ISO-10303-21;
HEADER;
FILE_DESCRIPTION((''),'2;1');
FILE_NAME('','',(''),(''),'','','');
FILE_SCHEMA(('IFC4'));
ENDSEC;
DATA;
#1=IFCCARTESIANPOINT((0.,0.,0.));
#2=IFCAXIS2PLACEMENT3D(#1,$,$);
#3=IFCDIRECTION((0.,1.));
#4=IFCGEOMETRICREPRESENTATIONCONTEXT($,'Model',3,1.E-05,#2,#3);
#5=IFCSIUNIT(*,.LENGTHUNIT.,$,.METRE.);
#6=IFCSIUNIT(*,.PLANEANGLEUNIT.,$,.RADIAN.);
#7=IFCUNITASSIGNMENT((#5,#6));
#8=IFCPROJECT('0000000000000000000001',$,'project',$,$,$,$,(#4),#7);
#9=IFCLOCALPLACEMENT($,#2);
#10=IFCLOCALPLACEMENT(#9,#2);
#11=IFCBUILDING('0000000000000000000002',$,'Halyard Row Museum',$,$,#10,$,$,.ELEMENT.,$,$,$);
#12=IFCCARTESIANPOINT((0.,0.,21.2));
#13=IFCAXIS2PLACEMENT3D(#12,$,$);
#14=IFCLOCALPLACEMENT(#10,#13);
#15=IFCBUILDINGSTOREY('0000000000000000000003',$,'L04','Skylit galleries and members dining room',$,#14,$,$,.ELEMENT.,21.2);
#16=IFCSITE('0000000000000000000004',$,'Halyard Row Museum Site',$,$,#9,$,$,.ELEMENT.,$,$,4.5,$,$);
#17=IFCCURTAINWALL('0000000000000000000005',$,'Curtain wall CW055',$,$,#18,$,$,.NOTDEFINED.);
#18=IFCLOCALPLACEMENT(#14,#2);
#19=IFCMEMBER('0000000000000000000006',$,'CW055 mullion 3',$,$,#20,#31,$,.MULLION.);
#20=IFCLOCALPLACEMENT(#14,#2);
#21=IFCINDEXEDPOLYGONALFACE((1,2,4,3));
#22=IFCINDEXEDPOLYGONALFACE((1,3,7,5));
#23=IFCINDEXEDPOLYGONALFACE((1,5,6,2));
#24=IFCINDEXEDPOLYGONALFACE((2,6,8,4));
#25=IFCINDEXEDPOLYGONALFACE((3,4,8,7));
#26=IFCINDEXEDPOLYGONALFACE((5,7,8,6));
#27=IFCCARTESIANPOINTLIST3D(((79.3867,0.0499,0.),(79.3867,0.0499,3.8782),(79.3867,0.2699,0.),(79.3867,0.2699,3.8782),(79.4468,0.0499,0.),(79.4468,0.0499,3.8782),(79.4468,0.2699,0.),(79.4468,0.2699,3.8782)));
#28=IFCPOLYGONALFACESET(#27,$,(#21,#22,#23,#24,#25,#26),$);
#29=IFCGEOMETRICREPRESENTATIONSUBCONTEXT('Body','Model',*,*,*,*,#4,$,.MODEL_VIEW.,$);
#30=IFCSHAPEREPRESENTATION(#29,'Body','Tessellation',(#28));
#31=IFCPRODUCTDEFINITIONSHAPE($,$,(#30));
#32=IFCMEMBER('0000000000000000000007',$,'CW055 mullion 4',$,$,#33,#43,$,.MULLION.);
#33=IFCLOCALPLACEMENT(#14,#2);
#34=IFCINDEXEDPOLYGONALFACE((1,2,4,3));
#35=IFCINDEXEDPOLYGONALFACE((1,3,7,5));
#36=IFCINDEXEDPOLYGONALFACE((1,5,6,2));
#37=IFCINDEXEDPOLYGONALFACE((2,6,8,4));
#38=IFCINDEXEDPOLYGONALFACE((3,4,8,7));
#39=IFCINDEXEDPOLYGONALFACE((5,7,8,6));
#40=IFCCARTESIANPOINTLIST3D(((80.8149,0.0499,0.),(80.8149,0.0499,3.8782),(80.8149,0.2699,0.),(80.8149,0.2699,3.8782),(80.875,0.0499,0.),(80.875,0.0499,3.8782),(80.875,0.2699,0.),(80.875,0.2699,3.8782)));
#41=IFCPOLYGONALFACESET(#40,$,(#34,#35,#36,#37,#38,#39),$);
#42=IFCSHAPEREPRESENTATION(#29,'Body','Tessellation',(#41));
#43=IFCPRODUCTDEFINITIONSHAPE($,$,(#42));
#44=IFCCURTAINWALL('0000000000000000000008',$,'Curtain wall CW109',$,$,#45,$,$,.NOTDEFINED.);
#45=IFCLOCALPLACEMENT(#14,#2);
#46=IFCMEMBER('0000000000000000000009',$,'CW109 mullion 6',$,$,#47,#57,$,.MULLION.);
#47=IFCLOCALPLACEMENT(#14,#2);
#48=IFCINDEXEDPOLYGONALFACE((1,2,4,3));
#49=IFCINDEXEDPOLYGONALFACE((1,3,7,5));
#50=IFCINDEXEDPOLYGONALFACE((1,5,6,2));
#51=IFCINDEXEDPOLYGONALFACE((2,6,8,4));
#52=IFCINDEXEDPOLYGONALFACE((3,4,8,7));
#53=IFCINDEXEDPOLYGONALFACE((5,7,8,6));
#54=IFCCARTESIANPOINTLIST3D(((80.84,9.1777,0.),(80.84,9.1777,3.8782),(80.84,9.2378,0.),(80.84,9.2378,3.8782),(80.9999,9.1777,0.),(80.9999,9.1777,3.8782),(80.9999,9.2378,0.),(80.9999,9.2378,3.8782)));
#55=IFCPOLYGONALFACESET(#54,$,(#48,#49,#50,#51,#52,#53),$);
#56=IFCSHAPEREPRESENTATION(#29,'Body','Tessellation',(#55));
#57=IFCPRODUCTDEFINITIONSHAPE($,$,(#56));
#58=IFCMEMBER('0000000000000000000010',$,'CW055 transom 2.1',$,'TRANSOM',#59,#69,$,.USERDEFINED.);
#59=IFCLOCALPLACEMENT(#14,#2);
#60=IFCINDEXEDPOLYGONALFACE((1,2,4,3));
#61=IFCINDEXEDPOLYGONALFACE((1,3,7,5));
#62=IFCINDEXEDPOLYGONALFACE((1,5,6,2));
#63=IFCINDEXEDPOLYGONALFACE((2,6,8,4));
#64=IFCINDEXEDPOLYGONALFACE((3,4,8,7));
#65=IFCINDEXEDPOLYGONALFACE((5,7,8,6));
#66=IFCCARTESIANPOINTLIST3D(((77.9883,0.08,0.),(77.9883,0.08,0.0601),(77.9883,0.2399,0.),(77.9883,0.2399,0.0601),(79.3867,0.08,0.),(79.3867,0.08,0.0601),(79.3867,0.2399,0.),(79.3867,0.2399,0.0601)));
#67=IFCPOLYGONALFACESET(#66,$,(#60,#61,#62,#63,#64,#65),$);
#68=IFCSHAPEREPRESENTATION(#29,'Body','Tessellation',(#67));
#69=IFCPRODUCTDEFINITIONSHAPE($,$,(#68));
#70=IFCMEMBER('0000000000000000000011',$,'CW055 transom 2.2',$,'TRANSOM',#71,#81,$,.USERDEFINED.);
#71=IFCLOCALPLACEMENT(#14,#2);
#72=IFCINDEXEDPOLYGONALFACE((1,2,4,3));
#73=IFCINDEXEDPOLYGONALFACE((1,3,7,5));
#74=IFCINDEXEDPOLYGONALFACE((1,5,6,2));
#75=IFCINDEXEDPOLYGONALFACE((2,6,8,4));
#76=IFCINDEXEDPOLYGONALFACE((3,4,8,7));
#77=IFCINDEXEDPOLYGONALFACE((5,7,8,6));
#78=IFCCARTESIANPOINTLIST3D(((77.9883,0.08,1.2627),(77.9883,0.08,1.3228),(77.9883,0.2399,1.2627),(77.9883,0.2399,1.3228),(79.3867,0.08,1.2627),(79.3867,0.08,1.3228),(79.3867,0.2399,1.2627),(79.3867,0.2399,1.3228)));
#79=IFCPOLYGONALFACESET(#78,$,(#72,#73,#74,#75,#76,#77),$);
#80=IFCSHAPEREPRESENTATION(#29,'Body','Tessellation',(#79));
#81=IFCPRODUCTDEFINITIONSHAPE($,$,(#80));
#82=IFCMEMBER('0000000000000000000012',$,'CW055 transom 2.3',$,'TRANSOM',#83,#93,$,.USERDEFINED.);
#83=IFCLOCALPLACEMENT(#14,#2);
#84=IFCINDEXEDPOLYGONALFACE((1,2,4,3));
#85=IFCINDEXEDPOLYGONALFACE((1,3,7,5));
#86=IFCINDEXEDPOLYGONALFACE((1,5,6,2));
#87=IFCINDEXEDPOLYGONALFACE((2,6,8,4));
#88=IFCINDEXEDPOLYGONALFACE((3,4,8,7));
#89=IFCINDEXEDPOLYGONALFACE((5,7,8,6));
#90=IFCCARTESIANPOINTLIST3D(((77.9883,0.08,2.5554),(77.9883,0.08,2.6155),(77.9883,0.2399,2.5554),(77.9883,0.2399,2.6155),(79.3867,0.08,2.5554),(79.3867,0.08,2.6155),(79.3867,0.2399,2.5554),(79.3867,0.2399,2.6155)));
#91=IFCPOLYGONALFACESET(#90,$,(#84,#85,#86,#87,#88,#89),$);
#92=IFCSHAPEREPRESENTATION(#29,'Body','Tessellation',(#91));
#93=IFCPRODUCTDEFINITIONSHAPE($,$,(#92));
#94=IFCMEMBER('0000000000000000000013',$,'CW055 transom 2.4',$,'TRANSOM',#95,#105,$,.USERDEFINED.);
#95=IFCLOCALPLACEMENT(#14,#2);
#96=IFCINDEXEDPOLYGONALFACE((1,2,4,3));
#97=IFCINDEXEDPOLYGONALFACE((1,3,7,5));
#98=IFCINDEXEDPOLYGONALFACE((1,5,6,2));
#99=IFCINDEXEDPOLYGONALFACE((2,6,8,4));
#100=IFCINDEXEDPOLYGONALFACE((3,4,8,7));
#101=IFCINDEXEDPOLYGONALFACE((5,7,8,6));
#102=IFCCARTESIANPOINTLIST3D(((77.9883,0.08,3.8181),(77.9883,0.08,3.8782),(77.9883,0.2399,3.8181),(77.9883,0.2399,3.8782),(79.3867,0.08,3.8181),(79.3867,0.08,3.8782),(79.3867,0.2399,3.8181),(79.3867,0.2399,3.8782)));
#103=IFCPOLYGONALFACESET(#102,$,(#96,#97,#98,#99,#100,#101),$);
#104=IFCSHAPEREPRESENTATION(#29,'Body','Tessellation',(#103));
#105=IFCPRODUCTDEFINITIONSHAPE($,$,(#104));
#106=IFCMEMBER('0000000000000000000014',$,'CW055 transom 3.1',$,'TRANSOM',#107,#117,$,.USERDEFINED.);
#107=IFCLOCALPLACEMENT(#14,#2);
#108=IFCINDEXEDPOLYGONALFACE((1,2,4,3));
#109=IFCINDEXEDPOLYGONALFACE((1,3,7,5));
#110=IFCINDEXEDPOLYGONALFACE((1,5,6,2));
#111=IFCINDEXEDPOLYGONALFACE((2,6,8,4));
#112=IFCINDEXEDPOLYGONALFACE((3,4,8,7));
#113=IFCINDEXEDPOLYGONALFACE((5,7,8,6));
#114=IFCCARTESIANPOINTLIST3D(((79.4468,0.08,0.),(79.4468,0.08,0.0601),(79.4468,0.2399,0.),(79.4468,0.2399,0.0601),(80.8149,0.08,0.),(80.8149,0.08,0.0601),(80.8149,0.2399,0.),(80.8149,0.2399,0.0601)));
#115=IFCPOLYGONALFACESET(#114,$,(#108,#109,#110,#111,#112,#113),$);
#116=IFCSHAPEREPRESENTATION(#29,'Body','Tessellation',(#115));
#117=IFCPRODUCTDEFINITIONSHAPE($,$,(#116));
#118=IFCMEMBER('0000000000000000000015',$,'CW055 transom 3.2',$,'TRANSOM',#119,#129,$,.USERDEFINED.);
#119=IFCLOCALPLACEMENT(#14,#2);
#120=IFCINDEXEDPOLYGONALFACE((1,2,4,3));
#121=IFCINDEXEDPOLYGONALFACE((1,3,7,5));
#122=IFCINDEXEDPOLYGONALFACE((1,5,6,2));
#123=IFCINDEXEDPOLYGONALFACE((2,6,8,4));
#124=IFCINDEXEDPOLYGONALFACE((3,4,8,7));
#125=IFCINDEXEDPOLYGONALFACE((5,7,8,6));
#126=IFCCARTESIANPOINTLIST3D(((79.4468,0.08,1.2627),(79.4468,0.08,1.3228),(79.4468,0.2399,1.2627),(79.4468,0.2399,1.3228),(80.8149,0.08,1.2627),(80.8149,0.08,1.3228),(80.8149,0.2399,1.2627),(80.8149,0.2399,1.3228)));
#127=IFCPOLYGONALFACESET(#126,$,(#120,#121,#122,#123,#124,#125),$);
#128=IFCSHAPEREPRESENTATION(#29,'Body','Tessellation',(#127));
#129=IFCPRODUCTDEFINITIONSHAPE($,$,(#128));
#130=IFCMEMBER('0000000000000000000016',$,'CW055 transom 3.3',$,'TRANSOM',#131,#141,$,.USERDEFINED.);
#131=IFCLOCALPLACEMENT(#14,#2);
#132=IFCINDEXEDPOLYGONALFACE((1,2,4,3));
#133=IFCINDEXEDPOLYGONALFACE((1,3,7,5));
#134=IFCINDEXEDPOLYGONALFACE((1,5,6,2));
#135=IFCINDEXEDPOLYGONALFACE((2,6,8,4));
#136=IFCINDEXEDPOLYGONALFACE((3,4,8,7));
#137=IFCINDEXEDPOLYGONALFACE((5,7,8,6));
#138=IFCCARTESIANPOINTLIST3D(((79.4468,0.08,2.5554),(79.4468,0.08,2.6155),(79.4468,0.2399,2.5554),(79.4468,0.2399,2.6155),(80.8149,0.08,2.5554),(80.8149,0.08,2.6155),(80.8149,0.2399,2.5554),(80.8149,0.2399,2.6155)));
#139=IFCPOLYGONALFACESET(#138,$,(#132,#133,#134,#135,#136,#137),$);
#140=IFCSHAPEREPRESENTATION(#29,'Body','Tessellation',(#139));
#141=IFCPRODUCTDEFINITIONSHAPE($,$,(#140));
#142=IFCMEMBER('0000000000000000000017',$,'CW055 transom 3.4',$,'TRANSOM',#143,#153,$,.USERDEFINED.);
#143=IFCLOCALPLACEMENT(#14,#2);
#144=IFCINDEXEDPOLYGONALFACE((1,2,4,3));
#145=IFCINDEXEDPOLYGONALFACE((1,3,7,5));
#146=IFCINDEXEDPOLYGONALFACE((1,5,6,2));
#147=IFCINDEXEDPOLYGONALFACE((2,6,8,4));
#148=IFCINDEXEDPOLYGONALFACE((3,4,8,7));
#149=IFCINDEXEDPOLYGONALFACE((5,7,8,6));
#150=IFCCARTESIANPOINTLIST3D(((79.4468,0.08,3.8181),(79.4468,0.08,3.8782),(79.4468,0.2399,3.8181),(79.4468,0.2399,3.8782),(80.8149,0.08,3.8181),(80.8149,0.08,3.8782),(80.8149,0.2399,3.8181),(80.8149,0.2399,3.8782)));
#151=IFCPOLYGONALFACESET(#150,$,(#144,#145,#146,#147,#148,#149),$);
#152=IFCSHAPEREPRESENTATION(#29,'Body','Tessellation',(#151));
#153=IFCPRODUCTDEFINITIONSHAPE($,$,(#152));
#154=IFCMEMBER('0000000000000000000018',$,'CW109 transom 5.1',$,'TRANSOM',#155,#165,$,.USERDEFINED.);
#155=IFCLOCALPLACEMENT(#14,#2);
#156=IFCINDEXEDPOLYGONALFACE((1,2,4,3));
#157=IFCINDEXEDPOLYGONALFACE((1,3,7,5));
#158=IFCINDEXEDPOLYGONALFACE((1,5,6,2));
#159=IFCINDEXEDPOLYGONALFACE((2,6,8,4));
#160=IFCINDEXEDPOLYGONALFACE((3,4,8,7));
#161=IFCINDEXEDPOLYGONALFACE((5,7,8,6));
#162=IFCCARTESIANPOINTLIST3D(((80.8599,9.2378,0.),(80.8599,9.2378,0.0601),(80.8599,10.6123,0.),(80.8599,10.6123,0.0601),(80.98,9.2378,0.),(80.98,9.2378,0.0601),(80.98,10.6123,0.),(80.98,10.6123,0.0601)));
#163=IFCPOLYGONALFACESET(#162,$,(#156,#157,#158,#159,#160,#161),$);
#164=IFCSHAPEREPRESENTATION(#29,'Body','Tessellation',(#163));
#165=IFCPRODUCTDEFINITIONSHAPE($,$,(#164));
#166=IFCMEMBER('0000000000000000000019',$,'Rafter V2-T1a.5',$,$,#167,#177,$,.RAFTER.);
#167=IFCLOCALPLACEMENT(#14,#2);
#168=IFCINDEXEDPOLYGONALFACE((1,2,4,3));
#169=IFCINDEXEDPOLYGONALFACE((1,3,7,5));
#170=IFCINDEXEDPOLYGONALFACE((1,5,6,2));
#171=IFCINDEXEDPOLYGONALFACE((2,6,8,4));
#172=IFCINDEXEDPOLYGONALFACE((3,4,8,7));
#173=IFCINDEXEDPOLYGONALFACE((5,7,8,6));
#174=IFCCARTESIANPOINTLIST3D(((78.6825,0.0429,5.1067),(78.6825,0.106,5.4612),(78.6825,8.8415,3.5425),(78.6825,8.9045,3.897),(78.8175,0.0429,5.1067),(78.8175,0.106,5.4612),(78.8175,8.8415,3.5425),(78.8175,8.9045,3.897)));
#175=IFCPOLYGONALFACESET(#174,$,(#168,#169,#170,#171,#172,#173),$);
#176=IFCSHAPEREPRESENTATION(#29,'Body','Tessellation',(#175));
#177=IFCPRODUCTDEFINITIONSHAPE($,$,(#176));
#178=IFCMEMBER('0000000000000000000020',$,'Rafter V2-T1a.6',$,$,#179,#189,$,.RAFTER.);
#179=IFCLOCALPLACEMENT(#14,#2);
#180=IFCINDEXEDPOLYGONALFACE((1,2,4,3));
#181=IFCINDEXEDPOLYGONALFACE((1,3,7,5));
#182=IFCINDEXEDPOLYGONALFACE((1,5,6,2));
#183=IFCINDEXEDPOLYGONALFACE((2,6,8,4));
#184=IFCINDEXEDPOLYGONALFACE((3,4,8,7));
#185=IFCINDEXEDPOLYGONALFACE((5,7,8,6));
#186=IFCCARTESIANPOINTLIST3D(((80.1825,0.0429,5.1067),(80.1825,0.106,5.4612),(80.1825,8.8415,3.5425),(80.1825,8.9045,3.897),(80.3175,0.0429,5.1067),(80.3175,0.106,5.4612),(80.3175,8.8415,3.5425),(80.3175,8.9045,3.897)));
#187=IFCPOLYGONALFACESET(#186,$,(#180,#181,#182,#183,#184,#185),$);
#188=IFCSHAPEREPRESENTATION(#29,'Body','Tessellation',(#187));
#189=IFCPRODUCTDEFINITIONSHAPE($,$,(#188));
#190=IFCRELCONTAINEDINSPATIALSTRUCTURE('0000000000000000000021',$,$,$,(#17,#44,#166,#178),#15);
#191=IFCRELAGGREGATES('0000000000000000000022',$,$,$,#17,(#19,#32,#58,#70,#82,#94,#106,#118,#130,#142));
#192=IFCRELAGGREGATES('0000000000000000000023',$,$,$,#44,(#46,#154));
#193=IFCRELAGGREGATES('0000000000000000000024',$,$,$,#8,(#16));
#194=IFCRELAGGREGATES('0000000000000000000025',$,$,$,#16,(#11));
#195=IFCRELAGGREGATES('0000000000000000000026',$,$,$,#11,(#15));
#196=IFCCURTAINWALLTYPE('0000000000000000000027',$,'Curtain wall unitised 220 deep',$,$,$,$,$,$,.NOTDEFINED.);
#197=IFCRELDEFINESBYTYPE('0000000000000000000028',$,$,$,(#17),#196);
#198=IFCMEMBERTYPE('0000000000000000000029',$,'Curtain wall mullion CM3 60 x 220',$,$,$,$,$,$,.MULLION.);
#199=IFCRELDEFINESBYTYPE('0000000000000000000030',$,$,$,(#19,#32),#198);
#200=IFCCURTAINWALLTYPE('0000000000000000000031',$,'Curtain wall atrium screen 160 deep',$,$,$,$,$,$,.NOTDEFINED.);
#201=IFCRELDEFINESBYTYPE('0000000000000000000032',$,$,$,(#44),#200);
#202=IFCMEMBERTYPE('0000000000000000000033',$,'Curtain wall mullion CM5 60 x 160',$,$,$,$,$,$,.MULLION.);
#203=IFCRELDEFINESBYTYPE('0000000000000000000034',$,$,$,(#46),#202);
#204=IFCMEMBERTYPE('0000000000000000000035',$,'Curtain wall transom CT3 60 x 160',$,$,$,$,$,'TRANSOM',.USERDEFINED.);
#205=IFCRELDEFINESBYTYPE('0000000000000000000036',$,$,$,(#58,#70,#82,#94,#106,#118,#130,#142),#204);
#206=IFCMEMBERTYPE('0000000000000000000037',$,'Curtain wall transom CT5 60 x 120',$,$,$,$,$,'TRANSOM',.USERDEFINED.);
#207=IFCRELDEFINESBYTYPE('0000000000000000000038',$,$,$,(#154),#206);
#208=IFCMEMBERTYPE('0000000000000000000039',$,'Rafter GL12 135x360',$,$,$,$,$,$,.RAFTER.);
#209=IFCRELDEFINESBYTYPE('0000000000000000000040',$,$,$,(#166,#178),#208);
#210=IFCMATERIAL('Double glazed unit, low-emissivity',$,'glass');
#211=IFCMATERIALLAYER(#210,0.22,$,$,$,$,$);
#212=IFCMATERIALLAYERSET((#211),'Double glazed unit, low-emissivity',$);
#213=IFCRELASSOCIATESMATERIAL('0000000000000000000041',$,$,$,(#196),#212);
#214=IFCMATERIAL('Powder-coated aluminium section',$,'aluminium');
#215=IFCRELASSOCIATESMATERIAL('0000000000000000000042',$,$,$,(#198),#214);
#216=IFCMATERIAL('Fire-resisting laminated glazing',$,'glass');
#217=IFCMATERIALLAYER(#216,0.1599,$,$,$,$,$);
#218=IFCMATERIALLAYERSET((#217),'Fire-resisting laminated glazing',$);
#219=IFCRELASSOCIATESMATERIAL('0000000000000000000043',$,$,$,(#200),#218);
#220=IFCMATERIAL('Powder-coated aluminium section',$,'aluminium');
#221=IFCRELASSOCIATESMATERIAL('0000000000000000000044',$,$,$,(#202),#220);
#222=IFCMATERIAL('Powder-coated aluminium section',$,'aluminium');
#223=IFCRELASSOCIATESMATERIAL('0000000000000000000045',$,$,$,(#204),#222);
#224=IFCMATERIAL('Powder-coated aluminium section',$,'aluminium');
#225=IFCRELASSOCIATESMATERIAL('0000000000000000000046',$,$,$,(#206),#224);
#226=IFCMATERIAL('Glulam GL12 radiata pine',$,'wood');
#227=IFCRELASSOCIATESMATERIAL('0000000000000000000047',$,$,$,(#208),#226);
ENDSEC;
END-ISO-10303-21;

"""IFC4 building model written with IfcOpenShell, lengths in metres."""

from ifc_helpers import new_model, si_unit, direction, frame, origin, origin_2d, place, context, subcontext, project, spatial, rectangle, extrude, material, layer, layer_set, material_profile, profile_set, type_object, element, aggregate, save


model = new_model("IFC4")

# Units and contexts
model_context = context("Model", 3, precision=1e-05, world=origin(), true_north=direction((0.0, 1.0)))
body_context = subcontext(model_context, "Body", "Model", "MODEL_VIEW")
ifc_project = project(units=[si_unit("LENGTHUNIT", "METRE"), si_unit("PLANEANGLEUNIT", "RADIAN")], contexts=[model_context])

# Site, building, storey
site_placement = place(None, origin())
site = spatial("IfcSite", under=ifc_project, at=site_placement, Name="Halyard Row Museum Site", CompositionType="ELEMENT", RefElevation=4.5)
building_placement = place(site_placement, origin())
building = spatial("IfcBuilding", under=site, at=building_placement, Name="Halyard Row Museum", CompositionType="ELEMENT")
storey_placement = place(building_placement, frame((0.0, 0.0, 21.2)))
storey = spatial("IfcBuildingStorey", under=building, at=storey_placement, Name="L04", Description="Skylit galleries and members dining room", CompositionType="ELEMENT", Elevation=21.2)

# Curtain wall, members
ifc_material_1 = material(Name="Double glazed unit, low-emissivity", Category="glass")
ifc_layer_1 = layer(ifc_material_1, 0.22)
ifc_layer_set_1 = layer_set([ifc_layer_1], Name="Double glazed unit, low-emissivity")
curtain_wall_type_1 = type_object("IfcCurtainWallType", Name="Curtain wall unitised 220 deep", PredefinedType="NOTDEFINED", material=ifc_layer_set_1)
curtain_wall_1_placement = place(storey_placement, origin())
curtain_wall_1 = element("IfcCurtainWall", 1, at=curtain_wall_1_placement, inside=storey, type_object=curtain_wall_type_1, Name="Curtain wall CW055", PredefinedType="NOTDEFINED")
ifc_material_2 = material(Name="Powder-coated aluminium section", Category="aluminium")
ifc_material_profile_1 = material_profile(ifc_material_2, rectangle(XDim=0.22, YDim=0.0601, at=origin_2d()), Name="220x60 mullion")
ifc_profile_set_1 = profile_set([ifc_material_profile_1], Name="Powder-coated aluminium section")
member_type_1 = type_object("IfcMemberType", Name="Curtain wall mullion CM3 60 x 220", PredefinedType="MULLION", material=ifc_profile_set_1)
member_1_placement = place(storey_placement, frame((79.4167, 0.1599, 0.0), z_axis=(0.0, 0.0, 1.0), x_axis=(0.0, 1.0, 0.0)))
member_1 = element("IfcMember", 2, at=member_1_placement, type_object=member_type_1, Name="CW055 mullion 3", PredefinedType="MULLION", context=body_context, shape_type="SweptSolid", body=[
    extrude(rectangle(XDim=0.22, YDim=0.0601, at=origin_2d()), origin(), (0.0, 0.0, 1.0), 3.8782),
])
member_2_placement = place(storey_placement, frame((80.845, 0.1599, 0.0), z_axis=(0.0, 0.0, 1.0), x_axis=(0.0, 1.0, 0.0)))
member_2 = element("IfcMember", 3, at=member_2_placement, type_object=member_type_1, Name="CW055 mullion 4", PredefinedType="MULLION", context=body_context, shape_type="SweptSolid", body=[
    extrude(rectangle(XDim=0.22, YDim=0.0601, at=origin_2d()), origin(), (0.0, 0.0, 1.0), 3.8782),
])

# Curtain wall, member
ifc_material_3 = material(Name="Fire-resisting laminated glazing", Category="glass")
ifc_layer_2 = layer(ifc_material_3, 0.1599)
ifc_layer_set_2 = layer_set([ifc_layer_2], Name="Fire-resisting laminated glazing")
curtain_wall_type_2 = type_object("IfcCurtainWallType", Name="Curtain wall atrium screen 160 deep", PredefinedType="NOTDEFINED", material=ifc_layer_set_2)
curtain_wall_2_placement = place(storey_placement, origin())
curtain_wall_2 = element("IfcCurtainWall", 4, at=curtain_wall_2_placement, inside=storey, type_object=curtain_wall_type_2, Name="Curtain wall CW109", PredefinedType="NOTDEFINED")
ifc_material_4 = material(Name="Powder-coated aluminium section", Category="aluminium")
ifc_material_profile_2 = material_profile(ifc_material_4, rectangle(XDim=0.1599, YDim=0.0601, at=origin_2d()), Name="160x60 mullion")
ifc_profile_set_2 = profile_set([ifc_material_profile_2], Name="Powder-coated aluminium section")
member_type_2 = type_object("IfcMemberType", Name="Curtain wall mullion CM5 60 x 160", PredefinedType="MULLION", material=ifc_profile_set_2)
member_3_placement = place(storey_placement, frame((80.9199, 9.2078, 0.0), z_axis=(0.0, 0.0, 1.0), x_axis=(1.0, 0.0, 0.0)))
member_3 = element("IfcMember", 5, at=member_3_placement, type_object=member_type_2, Name="CW109 mullion 6", PredefinedType="MULLION", context=body_context, shape_type="SweptSolid", body=[
    extrude(rectangle(XDim=0.1599, YDim=0.0601, at=origin_2d()), origin(), (0.0, 0.0, 1.0), 3.8782),
])

# Members
ifc_material_5 = material(Name="Powder-coated aluminium section", Category="aluminium")
ifc_material_profile_3 = material_profile(ifc_material_5, rectangle(XDim=0.1599, YDim=0.0601, at=origin_2d()), Name="160x60 transom")
ifc_profile_set_3 = profile_set([ifc_material_profile_3], Name="Powder-coated aluminium section")
member_type_3 = type_object("IfcMemberType", Name="Curtain wall transom CT3 60 x 160", ElementType="TRANSOM", PredefinedType="USERDEFINED", material=ifc_profile_set_3)
member_4_placement = place(storey_placement, frame((77.9883, 0.1599, 0.03), z_axis=(1.0, 0.0, 0.0), x_axis=(0.0, 1.0, 0.0)))
member_4 = element("IfcMember", 6, at=member_4_placement, type_object=member_type_3, Name="CW055 transom 2.1", ObjectType="TRANSOM", PredefinedType="USERDEFINED", context=body_context, shape_type="SweptSolid", body=[
    extrude(rectangle(XDim=0.1599, YDim=0.0601, at=origin_2d()), origin(), (0.0, 0.0, 1.0), 1.3984),
])
member_5_placement = place(storey_placement, frame((77.9883, 0.1599, 1.2927), z_axis=(1.0, 0.0, 0.0), x_axis=(0.0, 1.0, 0.0)))
member_5 = element("IfcMember", 7, at=member_5_placement, type_object=member_type_3, Name="CW055 transom 2.2", ObjectType="TRANSOM", PredefinedType="USERDEFINED", context=body_context, shape_type="SweptSolid", body=[
    extrude(rectangle(XDim=0.1599, YDim=0.0601, at=origin_2d()), origin(), (0.0, 0.0, 1.0), 1.3984),
])
member_6_placement = place(storey_placement, frame((77.9883, 0.1599, 2.5854), z_axis=(1.0, 0.0, 0.0), x_axis=(0.0, 1.0, 0.0)))
member_6 = element("IfcMember", 8, at=member_6_placement, type_object=member_type_3, Name="CW055 transom 2.3", ObjectType="TRANSOM", PredefinedType="USERDEFINED", context=body_context, shape_type="SweptSolid", body=[
    extrude(rectangle(XDim=0.1599, YDim=0.0601, at=origin_2d()), origin(), (0.0, 0.0, 1.0), 1.3984),
])
member_7_placement = place(storey_placement, frame((77.9883, 0.1599, 3.8481), z_axis=(1.0, 0.0, 0.0), x_axis=(0.0, 1.0, 0.0)))
member_7 = element("IfcMember", 9, at=member_7_placement, type_object=member_type_3, Name="CW055 transom 2.4", ObjectType="TRANSOM", PredefinedType="USERDEFINED", context=body_context, shape_type="SweptSolid", body=[
    extrude(rectangle(XDim=0.1599, YDim=0.0601, at=origin_2d()), origin(), (0.0, 0.0, 1.0), 1.3984),
])
member_8_placement = place(storey_placement, frame((79.4468, 0.1599, 0.03), z_axis=(1.0, 0.0, 0.0), x_axis=(0.0, 1.0, 0.0)))
member_8 = element("IfcMember", 10, at=member_8_placement, type_object=member_type_3, Name="CW055 transom 3.1", ObjectType="TRANSOM", PredefinedType="USERDEFINED", context=body_context, shape_type="SweptSolid", body=[
    extrude(rectangle(XDim=0.1599, YDim=0.0601, at=origin_2d()), origin(), (0.0, 0.0, 1.0), 1.3682),
])
member_9_placement = place(storey_placement, frame((79.4468, 0.1599, 1.2927), z_axis=(1.0, 0.0, 0.0), x_axis=(0.0, 1.0, 0.0)))
member_9 = element("IfcMember", 11, at=member_9_placement, type_object=member_type_3, Name="CW055 transom 3.2", ObjectType="TRANSOM", PredefinedType="USERDEFINED", context=body_context, shape_type="SweptSolid", body=[
    extrude(rectangle(XDim=0.1599, YDim=0.0601, at=origin_2d()), origin(), (0.0, 0.0, 1.0), 1.3682),
])
member_10_placement = place(storey_placement, frame((79.4468, 0.1599, 2.5854), z_axis=(1.0, 0.0, 0.0), x_axis=(0.0, 1.0, 0.0)))
member_10 = element("IfcMember", 12, at=member_10_placement, type_object=member_type_3, Name="CW055 transom 3.3", ObjectType="TRANSOM", PredefinedType="USERDEFINED", context=body_context, shape_type="SweptSolid", body=[
    extrude(rectangle(XDim=0.1599, YDim=0.0601, at=origin_2d()), origin(), (0.0, 0.0, 1.0), 1.3682),
])
member_11_placement = place(storey_placement, frame((79.4468, 0.1599, 3.8481), z_axis=(1.0, 0.0, 0.0), x_axis=(0.0, 1.0, 0.0)))
member_11 = element("IfcMember", 13, at=member_11_placement, type_object=member_type_3, Name="CW055 transom 3.4", ObjectType="TRANSOM", PredefinedType="USERDEFINED", context=body_context, shape_type="SweptSolid", body=[
    extrude(rectangle(XDim=0.1599, YDim=0.0601, at=origin_2d()), origin(), (0.0, 0.0, 1.0), 1.3682),
])
ifc_material_6 = material(Name="Powder-coated aluminium section", Category="aluminium")
ifc_material_profile_4 = material_profile(ifc_material_6, rectangle(XDim=0.1201, YDim=0.0601, at=origin_2d()), Name="120x60 transom")
ifc_profile_set_4 = profile_set([ifc_material_profile_4], Name="Powder-coated aluminium section")
member_type_4 = type_object("IfcMemberType", Name="Curtain wall transom CT5 60 x 120", ElementType="TRANSOM", PredefinedType="USERDEFINED", material=ifc_profile_set_4)
member_12_placement = place(storey_placement, frame((80.9199, 10.6123, 0.03), z_axis=(0.0, -1.0, 0.0), x_axis=(1.0, 0.0, 0.0)))
member_12 = element("IfcMember", 14, at=member_12_placement, type_object=member_type_4, Name="CW109 transom 5.1", ObjectType="TRANSOM", PredefinedType="USERDEFINED", context=body_context, shape_type="SweptSolid", body=[
    extrude(rectangle(XDim=0.1201, YDim=0.0601, at=origin_2d()), origin(), (0.0, 0.0, 1.0), 1.3745),
])

# Members
ifc_material_7 = material(Name="Glulam GL12 radiata pine", Category="wood")
ifc_material_profile_5 = material_profile(ifc_material_7, rectangle(XDim=0.135, YDim=0.3601, at=origin_2d()), Name="GL12 135x360")
ifc_profile_set_5 = profile_set([ifc_material_profile_5], Name="Glulam GL12 radiata pine")
member_type_5 = type_object("IfcMemberType", Name="Rafter GL12 135x360", PredefinedType="RAFTER", material=ifc_profile_set_5)
for number, where, z_axis, x_axis, name in (
    (15, (78.75, 0.0745, 5.2839), (0.0, 0.984562, -0.175035), (-1.0, 0.0, 0.0), "Rafter V2-T1a.5"),
    (16, (80.25, 0.0745, 5.2839), (0.0, 0.984562, -0.175035), (-1.0, 0.0, 0.0), "Rafter V2-T1a.6"),
):
    element("IfcMember", number, at=place(storey_placement, frame(where, z_axis=z_axis, x_axis=x_axis)), inside=storey, type_object=member_type_5, Name=name, PredefinedType="RAFTER", context=body_context, shape_type="SweptSolid", body=[
        extrude(rectangle(XDim=0.135, YDim=0.3601, at=origin_2d()), origin(), (0.0, 0.0, 1.0), 8.9365),
    ])

aggregate(curtain_wall_1, [member_1, member_2, member_4, member_5, member_6, member_7, member_8, member_9, member_10, member_11])
aggregate(curtain_wall_2, [member_3, member_12])

save(model, "model.ifc")
